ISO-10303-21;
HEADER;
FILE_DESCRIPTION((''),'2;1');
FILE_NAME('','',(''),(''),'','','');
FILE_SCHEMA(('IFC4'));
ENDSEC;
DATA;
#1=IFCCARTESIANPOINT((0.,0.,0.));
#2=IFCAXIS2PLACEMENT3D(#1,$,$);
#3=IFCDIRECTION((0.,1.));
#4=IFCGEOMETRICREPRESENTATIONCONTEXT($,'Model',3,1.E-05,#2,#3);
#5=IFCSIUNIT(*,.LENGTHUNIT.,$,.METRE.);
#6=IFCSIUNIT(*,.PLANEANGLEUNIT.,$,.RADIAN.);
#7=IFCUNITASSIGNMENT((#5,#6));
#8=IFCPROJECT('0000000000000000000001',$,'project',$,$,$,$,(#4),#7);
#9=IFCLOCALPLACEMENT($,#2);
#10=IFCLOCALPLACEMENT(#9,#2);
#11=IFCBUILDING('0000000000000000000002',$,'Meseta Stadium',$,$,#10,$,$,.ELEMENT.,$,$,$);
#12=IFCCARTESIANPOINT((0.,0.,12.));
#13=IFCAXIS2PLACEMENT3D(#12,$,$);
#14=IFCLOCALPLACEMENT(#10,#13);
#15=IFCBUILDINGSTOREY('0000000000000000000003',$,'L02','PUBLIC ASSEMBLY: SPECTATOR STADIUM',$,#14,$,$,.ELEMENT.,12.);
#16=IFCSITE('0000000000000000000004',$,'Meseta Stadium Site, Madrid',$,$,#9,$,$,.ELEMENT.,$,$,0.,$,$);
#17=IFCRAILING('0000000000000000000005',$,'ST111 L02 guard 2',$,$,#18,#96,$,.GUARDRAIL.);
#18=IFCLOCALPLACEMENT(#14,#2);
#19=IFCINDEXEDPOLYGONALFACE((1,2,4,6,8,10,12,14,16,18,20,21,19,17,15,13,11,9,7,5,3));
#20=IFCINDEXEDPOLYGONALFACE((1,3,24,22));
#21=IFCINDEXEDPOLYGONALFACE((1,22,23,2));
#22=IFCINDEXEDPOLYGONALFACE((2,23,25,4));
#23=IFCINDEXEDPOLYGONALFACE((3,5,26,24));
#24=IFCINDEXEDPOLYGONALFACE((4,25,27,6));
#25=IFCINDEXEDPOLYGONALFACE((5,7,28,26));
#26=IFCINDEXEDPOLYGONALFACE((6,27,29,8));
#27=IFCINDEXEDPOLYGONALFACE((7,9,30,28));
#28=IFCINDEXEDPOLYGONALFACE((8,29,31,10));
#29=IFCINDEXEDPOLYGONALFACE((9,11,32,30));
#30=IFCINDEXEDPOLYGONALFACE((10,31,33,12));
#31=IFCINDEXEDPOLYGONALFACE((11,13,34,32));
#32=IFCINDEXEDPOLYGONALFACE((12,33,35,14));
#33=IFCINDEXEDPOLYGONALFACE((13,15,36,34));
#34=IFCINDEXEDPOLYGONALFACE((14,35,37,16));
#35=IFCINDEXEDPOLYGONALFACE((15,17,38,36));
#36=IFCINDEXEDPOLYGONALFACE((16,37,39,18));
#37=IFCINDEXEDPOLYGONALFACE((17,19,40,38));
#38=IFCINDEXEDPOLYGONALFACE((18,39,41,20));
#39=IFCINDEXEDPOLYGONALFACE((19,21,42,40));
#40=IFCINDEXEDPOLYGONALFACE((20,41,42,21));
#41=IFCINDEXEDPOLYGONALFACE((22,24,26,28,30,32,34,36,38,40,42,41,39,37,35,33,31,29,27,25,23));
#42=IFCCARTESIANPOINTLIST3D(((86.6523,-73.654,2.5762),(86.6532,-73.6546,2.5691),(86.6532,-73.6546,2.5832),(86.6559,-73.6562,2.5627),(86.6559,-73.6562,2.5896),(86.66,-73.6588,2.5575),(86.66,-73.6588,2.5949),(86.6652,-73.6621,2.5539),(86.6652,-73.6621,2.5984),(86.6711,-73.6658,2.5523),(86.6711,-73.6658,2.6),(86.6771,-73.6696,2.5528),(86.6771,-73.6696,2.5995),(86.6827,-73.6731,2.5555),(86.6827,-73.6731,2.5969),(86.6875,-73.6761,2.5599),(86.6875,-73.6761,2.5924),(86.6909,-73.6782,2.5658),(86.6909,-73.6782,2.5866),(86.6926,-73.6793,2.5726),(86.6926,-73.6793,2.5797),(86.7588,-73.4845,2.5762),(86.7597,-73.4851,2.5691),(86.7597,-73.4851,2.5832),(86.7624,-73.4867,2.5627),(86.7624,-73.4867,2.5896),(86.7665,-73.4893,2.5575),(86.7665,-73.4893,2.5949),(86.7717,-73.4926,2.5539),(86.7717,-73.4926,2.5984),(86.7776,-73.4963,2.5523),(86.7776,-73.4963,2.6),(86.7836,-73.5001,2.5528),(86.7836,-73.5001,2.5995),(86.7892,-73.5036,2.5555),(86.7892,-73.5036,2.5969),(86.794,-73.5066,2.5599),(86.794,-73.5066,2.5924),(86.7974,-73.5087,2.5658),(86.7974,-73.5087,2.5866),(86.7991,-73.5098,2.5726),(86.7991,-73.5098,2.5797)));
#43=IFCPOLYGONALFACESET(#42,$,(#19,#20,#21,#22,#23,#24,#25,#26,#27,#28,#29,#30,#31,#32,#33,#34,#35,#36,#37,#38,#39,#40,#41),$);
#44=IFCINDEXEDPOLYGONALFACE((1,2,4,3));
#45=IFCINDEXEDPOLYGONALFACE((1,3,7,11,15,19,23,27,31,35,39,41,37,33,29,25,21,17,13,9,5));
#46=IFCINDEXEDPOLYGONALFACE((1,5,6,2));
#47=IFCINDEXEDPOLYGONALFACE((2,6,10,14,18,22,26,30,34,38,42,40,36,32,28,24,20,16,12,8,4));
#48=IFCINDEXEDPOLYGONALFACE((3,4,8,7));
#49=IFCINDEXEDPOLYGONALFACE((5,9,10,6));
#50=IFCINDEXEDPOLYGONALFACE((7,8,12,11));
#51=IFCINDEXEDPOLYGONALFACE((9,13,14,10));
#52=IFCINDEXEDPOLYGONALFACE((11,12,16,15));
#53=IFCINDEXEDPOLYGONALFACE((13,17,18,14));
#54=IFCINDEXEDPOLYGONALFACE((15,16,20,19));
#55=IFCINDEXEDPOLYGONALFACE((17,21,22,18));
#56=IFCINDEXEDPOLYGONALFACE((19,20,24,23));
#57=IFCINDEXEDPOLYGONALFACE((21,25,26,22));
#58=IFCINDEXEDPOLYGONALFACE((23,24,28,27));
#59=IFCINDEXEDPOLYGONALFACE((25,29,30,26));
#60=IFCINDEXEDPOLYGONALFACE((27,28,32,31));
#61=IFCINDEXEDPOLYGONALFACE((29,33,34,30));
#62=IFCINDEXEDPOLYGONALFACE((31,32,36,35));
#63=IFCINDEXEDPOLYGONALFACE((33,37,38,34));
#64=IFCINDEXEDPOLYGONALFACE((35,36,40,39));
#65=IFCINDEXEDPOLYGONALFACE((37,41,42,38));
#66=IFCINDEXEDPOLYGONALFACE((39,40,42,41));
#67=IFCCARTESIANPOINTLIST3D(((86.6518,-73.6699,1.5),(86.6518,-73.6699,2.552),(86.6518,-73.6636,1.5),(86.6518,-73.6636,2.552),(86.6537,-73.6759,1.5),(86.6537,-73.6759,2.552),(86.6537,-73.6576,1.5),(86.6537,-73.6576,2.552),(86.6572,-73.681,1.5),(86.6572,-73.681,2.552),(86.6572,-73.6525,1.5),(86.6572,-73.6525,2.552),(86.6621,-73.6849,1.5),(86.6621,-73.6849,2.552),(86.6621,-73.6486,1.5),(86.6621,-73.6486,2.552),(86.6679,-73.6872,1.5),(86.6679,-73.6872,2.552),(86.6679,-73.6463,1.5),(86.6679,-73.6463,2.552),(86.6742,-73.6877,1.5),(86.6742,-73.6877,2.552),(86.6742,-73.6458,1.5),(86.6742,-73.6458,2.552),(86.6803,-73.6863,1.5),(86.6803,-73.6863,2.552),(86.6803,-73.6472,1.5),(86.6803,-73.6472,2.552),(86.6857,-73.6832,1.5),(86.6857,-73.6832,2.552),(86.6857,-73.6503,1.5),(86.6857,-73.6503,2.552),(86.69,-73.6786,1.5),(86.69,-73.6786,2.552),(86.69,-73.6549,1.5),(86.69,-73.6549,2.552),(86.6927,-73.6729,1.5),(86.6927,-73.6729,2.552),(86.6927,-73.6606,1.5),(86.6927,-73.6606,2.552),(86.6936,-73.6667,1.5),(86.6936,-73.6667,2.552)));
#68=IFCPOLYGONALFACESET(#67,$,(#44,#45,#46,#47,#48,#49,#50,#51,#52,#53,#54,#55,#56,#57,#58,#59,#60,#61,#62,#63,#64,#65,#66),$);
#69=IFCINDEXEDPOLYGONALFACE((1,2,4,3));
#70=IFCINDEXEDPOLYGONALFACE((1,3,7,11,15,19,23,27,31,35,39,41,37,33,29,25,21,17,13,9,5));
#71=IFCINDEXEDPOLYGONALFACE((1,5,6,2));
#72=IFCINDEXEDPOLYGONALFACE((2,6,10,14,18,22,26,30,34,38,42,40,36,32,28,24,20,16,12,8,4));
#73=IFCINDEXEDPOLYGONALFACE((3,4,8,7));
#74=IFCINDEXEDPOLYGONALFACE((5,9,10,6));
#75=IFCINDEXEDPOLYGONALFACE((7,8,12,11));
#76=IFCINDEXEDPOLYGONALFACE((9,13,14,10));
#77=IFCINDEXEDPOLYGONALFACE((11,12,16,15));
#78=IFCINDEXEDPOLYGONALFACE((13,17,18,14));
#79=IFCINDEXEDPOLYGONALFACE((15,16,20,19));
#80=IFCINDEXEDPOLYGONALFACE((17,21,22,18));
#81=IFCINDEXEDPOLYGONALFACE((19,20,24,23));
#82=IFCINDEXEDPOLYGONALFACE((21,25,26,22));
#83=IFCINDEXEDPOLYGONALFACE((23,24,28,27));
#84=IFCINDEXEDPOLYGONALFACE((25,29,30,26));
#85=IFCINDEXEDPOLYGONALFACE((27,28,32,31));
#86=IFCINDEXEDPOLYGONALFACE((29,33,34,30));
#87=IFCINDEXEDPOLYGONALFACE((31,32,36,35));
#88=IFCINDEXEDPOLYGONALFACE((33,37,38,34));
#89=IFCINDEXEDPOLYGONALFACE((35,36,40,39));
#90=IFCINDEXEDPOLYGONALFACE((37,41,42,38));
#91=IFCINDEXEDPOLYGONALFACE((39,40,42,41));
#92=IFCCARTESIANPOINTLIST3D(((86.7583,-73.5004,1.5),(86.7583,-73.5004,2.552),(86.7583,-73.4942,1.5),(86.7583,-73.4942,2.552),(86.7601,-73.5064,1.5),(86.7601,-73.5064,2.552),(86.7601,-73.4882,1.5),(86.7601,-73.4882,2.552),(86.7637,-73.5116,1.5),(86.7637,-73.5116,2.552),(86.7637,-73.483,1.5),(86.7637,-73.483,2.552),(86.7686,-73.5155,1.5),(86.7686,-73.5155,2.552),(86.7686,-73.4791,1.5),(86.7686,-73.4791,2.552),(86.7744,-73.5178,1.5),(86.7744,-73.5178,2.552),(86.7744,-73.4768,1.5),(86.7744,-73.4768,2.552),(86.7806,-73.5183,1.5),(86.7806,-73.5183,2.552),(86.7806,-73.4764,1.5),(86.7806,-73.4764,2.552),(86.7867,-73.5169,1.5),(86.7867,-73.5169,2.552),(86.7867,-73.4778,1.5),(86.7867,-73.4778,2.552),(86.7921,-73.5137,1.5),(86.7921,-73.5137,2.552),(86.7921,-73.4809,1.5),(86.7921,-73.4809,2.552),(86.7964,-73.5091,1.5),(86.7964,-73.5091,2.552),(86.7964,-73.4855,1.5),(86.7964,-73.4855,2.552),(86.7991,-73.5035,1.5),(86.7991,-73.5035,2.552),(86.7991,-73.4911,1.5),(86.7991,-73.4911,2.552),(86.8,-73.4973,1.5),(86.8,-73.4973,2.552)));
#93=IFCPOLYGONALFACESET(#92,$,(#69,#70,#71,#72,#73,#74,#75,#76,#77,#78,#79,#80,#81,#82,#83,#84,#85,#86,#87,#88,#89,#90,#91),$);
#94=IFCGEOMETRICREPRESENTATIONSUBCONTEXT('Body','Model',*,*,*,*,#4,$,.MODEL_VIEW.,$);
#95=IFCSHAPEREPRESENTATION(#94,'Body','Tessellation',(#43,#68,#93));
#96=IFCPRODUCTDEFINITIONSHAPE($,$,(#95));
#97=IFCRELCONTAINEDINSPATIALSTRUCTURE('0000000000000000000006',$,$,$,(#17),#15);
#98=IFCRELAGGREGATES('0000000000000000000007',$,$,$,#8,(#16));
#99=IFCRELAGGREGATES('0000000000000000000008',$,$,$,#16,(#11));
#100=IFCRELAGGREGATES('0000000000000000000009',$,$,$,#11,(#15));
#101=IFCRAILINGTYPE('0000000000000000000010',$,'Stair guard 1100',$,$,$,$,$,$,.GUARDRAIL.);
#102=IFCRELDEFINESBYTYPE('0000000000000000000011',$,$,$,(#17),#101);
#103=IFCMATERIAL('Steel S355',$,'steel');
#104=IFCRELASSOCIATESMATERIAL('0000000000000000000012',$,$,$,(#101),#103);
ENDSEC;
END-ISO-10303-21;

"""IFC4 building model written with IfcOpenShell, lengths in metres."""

from ifc_helpers import new_model, si_unit, direction, frame, origin, origin_2d, place, context, subcontext, project, spatial, circle, extrude, material, type_object, element, save


model = new_model("IFC4")

# Units and contexts
model_context = context("Model", 3, precision=1e-05, world=origin(), true_north=direction((0.0, 1.0)))
body_context = subcontext(model_context, "Body", "Model", "MODEL_VIEW")
ifc_project = project(units=[si_unit("LENGTHUNIT", "METRE"), si_unit("PLANEANGLEUNIT", "RADIAN")], contexts=[model_context])

# Site, building, storey
site_placement = place(None, origin())
site = spatial("IfcSite", under=ifc_project, at=site_placement, Name="Meseta Stadium Site, Madrid", CompositionType="ELEMENT", RefElevation=0.0)
building_placement = place(site_placement, origin())
building = spatial("IfcBuilding", under=site, at=building_placement, Name="Meseta Stadium", CompositionType="ELEMENT")
storey_placement = place(building_placement, frame((0.0, 0.0, 12.0)))
storey = spatial("IfcBuildingStorey", under=building, at=storey_placement, Name="L02", Description="PUBLIC ASSEMBLY: SPECTATOR STADIUM", CompositionType="ELEMENT", Elevation=12.0)

# Railing
ifc_material_1 = material(Name="Steel S355", Category="steel")
railing_type_1 = type_object("IfcRailingType", Name="Stair guard 1100", PredefinedType="GUARDRAIL", material=ifc_material_1)
railing_1_placement = place(storey_placement, frame((86.6726, -73.6667, 1.5)))
element("IfcRailing", 1, at=railing_1_placement, inside=storey, type_object=railing_type_1, Name="ST111 L02 guard 2", PredefinedType="GUARDRAIL", context=body_context, shape_type="SweptSolid", body=[
    extrude(circle(Radius=0.0239, at=origin_2d()), frame((0.0, 0.0, 1.0762), z_axis=(0.531972, 0.846762, 0.0), x_axis=(-0.846762, 0.531972, 0.0)), (0.0, 0.0, 1.0), 0.2002),
    extrude(circle(Radius=0.021, at=origin_2d()), origin(), (0.0, 0.0, 1.0), 1.052),
    extrude(circle(Radius=0.021, at=origin_2d()), frame((0.1064, 0.1694, 0.0)), (0.0, 0.0, 1.0), 1.052),
])

save(model, "model.ifc")
